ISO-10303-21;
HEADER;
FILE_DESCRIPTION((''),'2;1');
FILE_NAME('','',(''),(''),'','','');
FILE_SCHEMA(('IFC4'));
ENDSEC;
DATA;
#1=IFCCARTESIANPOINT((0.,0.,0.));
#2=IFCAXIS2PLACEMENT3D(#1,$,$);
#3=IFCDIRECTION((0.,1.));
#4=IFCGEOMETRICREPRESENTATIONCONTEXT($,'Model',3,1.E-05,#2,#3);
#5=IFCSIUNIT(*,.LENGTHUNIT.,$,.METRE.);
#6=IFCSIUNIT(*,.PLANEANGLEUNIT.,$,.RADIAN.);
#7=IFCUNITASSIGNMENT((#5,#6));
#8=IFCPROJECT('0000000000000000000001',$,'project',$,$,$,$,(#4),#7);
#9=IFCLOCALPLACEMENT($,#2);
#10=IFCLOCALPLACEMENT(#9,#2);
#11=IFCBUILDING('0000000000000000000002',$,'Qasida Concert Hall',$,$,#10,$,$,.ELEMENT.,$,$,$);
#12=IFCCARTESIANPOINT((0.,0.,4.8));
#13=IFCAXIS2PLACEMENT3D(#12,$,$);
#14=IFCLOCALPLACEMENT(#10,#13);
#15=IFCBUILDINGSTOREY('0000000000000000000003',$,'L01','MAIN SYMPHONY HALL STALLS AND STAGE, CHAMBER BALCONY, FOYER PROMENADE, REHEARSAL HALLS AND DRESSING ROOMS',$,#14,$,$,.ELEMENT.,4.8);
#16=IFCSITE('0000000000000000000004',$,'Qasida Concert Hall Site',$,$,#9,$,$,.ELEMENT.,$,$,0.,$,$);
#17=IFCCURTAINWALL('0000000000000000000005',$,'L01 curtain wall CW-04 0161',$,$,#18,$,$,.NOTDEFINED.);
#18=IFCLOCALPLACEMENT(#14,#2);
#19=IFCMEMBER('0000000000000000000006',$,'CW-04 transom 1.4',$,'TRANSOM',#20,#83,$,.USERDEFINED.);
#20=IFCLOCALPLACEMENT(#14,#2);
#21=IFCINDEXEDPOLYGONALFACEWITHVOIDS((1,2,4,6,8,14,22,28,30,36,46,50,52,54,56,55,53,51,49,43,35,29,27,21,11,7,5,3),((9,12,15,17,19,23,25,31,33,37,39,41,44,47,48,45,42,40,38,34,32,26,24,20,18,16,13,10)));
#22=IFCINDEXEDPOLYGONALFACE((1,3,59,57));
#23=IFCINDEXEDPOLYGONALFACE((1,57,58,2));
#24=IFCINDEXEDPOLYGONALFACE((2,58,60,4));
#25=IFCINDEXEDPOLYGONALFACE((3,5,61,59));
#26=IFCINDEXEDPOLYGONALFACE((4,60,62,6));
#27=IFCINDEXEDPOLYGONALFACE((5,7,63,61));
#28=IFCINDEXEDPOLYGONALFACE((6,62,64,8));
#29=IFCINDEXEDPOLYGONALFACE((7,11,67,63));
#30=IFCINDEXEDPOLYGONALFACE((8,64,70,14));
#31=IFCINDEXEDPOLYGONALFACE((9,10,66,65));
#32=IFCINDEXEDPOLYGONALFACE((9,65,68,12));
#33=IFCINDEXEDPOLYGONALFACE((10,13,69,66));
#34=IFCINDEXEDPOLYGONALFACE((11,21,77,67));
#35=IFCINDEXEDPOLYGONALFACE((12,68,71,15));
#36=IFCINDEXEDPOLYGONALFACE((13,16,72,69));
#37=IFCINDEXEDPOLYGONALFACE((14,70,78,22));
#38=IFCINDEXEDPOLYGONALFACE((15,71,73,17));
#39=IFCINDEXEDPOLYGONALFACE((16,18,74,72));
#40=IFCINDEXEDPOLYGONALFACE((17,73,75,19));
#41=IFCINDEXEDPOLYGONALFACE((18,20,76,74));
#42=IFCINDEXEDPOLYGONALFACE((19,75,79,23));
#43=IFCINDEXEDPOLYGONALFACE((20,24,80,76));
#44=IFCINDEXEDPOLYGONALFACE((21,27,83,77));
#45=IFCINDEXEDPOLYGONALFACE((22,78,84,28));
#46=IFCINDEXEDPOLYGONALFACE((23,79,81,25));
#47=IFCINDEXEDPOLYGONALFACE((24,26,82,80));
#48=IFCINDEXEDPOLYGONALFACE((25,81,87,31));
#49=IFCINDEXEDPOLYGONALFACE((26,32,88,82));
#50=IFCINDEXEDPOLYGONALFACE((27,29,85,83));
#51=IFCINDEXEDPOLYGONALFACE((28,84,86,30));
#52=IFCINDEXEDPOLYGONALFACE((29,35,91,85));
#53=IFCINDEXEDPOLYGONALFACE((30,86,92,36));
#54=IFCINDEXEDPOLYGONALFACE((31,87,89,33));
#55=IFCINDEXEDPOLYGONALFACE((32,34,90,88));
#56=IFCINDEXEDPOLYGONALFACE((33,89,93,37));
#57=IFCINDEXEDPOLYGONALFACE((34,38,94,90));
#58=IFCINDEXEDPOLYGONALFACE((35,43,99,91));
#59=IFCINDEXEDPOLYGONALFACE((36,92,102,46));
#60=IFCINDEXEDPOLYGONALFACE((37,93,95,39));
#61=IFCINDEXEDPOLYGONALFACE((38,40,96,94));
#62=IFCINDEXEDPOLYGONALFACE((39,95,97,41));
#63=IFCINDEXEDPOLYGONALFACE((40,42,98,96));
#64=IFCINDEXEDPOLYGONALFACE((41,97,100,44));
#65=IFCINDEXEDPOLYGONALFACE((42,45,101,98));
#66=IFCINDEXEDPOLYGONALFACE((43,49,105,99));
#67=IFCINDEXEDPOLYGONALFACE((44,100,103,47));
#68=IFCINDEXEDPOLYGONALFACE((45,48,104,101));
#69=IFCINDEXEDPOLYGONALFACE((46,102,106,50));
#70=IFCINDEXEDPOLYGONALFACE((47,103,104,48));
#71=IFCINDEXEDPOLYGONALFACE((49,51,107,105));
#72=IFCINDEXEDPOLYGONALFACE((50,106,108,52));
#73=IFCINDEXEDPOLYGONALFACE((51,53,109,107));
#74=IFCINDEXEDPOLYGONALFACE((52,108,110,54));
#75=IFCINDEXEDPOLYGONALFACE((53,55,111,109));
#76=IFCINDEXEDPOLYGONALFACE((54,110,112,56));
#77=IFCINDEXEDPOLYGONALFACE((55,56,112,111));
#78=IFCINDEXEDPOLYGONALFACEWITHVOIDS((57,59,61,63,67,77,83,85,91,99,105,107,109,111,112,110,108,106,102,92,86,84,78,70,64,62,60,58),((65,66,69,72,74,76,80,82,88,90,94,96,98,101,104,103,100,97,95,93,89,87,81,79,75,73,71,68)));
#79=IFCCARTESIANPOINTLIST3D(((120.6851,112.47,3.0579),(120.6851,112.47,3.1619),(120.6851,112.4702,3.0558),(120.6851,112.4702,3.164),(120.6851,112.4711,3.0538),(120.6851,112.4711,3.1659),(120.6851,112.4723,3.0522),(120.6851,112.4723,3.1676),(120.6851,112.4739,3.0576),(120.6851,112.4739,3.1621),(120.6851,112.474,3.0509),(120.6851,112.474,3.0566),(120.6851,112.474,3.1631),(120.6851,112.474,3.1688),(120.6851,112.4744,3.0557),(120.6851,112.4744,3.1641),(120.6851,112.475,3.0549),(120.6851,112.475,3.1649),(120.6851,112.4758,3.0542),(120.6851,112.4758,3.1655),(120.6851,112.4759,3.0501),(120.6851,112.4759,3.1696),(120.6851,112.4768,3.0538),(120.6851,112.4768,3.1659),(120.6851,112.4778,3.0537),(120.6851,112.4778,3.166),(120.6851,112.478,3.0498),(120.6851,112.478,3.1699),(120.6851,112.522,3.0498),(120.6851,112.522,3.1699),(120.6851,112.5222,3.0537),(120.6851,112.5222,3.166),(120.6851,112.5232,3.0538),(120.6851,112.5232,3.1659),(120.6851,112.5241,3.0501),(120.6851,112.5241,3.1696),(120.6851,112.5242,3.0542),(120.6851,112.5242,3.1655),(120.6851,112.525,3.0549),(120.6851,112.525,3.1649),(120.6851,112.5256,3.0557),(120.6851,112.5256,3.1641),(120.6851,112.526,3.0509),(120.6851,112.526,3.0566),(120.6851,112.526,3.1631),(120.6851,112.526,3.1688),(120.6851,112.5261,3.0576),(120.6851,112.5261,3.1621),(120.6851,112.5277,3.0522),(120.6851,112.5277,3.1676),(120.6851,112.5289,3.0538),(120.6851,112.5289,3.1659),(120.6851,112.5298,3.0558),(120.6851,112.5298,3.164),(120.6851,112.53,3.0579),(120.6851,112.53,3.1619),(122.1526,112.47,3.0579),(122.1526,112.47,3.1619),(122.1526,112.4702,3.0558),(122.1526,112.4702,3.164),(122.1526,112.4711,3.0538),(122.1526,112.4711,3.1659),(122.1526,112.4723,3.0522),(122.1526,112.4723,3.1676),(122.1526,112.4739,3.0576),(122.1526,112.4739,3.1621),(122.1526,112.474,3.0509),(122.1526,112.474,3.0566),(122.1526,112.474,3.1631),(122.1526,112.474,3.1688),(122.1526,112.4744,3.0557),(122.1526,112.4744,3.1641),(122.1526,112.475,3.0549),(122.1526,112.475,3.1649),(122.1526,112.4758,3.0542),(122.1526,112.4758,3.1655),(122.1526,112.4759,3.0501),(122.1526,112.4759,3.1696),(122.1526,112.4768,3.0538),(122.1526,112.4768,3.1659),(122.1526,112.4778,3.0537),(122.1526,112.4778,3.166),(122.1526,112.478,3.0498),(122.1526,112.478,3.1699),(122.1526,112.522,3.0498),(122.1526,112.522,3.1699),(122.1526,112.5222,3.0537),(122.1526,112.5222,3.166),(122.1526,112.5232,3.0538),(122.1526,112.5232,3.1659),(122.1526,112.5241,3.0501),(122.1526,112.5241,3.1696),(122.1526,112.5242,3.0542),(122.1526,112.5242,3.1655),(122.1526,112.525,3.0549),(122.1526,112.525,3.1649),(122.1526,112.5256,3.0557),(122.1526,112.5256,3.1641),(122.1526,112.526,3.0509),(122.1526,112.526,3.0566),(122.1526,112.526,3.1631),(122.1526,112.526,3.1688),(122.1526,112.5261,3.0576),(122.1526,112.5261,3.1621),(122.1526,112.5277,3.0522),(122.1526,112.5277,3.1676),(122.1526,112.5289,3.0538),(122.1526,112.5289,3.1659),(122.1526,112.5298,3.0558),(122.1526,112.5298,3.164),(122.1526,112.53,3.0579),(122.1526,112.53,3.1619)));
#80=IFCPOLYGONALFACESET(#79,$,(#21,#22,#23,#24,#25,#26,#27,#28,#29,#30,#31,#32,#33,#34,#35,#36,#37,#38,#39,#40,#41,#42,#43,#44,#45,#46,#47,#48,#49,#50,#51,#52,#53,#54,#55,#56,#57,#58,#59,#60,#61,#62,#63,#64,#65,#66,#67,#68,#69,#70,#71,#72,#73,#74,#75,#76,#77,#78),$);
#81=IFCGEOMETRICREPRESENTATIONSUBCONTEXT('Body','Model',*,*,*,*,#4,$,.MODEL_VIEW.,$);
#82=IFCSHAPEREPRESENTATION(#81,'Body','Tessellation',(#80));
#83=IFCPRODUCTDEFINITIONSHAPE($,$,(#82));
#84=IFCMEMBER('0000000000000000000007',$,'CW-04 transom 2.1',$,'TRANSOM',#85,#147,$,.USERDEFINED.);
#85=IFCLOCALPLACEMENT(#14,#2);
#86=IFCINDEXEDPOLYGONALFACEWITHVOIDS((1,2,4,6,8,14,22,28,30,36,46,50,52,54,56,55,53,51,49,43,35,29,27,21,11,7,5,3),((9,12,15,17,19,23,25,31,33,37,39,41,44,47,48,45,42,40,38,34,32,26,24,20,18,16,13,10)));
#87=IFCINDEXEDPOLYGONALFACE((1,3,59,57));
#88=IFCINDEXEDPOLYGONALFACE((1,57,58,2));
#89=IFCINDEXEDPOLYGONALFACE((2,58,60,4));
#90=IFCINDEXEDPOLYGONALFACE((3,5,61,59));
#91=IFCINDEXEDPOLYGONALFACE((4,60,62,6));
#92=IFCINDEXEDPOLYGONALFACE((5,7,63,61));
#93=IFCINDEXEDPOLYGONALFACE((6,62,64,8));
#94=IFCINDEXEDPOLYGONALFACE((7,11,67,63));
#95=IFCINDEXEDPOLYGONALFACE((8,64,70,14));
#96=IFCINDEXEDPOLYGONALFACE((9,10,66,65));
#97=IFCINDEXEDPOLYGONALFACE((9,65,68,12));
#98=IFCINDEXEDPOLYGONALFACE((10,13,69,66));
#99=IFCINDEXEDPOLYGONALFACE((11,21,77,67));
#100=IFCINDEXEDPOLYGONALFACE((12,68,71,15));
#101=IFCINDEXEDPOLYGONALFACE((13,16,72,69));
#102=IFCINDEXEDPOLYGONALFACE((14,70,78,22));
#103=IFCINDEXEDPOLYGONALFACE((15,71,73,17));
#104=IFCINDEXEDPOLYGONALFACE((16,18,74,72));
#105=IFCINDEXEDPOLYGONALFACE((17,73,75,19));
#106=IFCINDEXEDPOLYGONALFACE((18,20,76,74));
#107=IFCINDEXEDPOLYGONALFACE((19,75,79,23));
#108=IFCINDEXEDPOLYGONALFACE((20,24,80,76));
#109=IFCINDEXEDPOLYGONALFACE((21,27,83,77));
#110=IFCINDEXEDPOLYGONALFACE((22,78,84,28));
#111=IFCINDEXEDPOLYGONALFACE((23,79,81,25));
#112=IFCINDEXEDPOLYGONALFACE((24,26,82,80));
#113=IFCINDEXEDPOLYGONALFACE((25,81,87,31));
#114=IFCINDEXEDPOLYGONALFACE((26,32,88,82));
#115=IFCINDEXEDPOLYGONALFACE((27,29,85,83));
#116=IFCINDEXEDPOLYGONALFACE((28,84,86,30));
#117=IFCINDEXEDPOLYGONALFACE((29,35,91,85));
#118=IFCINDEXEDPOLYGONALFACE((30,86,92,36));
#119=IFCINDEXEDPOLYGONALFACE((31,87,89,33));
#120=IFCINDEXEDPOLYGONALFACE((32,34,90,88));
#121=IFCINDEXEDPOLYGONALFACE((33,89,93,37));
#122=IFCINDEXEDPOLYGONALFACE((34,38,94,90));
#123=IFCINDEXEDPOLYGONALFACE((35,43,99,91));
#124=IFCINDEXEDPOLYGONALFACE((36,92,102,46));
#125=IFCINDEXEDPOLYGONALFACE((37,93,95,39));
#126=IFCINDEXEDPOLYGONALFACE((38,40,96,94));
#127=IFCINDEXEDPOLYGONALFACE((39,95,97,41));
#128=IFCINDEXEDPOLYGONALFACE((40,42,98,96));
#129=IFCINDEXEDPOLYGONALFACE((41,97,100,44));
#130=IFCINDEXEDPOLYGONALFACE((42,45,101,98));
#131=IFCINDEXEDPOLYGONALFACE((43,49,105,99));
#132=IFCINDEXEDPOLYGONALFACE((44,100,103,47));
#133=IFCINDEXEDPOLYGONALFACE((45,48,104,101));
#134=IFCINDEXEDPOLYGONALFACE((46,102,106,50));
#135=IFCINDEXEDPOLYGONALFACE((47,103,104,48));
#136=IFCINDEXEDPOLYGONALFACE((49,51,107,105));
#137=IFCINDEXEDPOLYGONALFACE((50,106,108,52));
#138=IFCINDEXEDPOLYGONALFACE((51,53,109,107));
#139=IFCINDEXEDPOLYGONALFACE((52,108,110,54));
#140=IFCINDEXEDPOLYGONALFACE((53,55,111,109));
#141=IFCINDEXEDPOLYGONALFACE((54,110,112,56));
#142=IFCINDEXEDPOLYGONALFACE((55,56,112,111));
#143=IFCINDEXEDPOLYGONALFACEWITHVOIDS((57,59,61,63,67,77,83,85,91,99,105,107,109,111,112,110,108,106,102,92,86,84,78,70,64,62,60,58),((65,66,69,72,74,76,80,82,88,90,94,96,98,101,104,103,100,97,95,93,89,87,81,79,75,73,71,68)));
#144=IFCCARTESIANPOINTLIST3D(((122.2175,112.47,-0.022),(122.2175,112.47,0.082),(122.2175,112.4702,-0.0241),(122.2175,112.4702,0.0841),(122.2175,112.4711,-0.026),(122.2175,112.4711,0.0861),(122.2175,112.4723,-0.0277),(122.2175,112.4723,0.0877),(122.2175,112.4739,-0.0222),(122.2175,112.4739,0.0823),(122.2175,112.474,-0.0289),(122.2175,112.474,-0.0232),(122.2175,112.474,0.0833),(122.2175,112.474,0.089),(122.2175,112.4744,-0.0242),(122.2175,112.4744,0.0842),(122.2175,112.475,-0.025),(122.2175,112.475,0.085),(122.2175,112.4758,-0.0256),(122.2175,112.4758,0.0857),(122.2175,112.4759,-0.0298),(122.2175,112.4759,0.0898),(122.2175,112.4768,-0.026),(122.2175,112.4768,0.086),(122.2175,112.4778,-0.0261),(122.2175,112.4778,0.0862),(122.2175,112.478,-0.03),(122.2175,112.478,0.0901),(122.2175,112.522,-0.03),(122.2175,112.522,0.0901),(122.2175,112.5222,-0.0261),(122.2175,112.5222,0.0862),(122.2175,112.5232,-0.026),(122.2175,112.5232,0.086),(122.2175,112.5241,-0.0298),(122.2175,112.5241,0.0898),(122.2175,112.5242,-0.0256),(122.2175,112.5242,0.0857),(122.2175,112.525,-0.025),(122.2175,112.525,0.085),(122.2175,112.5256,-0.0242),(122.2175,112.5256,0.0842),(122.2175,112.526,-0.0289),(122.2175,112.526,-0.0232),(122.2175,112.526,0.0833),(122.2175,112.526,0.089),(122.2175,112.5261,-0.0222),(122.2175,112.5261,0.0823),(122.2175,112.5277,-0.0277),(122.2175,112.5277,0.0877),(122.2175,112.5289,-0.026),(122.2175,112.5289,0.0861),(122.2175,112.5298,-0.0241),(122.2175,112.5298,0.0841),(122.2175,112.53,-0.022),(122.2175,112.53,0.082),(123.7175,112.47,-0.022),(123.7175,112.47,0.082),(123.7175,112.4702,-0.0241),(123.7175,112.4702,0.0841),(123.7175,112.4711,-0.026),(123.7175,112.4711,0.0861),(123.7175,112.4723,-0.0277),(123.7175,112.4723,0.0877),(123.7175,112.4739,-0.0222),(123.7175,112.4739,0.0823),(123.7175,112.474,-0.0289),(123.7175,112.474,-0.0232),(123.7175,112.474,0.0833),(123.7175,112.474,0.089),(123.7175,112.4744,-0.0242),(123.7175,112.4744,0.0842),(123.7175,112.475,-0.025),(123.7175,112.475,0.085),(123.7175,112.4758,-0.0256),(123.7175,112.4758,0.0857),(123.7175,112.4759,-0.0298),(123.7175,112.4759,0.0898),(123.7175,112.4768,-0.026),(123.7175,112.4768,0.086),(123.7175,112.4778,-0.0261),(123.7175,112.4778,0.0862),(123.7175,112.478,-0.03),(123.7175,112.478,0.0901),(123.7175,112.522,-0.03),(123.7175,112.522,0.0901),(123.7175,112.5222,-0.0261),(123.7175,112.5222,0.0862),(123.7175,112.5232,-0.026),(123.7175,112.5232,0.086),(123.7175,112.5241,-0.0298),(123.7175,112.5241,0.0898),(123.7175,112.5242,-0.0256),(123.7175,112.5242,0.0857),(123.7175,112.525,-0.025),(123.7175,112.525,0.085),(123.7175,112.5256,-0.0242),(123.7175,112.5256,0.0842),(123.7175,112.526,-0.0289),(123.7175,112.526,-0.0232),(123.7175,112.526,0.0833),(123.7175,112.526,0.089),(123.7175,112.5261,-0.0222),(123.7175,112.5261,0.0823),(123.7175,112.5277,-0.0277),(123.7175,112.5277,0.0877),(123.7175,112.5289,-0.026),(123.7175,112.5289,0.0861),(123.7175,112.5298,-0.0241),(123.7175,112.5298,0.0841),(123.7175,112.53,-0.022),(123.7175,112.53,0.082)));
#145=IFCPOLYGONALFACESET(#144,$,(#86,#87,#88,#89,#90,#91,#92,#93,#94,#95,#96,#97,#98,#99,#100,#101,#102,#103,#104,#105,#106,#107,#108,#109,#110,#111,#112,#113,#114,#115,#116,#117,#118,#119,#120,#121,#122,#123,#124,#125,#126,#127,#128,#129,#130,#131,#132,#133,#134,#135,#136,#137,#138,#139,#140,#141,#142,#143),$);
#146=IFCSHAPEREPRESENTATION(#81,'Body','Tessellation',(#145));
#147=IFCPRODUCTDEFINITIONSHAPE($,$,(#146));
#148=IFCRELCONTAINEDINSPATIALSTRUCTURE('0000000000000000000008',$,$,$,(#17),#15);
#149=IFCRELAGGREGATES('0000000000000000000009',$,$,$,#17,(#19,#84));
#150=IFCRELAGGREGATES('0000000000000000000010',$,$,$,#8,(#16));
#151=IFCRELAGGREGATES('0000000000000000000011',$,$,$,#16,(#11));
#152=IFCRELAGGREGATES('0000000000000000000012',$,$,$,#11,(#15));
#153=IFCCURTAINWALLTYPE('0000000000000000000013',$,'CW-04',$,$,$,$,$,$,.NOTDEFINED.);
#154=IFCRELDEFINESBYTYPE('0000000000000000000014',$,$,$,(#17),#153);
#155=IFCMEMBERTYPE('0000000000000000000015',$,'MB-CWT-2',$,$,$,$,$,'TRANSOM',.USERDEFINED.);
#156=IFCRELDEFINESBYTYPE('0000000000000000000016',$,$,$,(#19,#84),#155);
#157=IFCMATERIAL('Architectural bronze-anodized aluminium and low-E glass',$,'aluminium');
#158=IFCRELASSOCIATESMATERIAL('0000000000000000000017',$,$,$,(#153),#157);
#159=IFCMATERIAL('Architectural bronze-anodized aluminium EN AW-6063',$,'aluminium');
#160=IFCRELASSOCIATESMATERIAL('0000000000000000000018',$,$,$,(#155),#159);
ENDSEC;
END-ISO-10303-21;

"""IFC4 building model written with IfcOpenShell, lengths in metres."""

from ifc_helpers import new_model, si_unit, direction, frame, origin, origin_2d, place, context, subcontext, project, spatial, hollow_rectangle, extrude, material, material_profile, profile_set, type_object, element, aggregate, save


model = new_model("IFC4")

# Units and contexts
model_context = context("Model", 3, precision=1e-05, world=origin(), true_north=direction((0.0, 1.0)))
body_context = subcontext(model_context, "Body", "Model", "MODEL_VIEW")
ifc_project = project(units=[si_unit("LENGTHUNIT", "METRE"), si_unit("PLANEANGLEUNIT", "RADIAN")], contexts=[model_context])

# Site, building, storey
site_placement = place(None, origin())
site = spatial("IfcSite", under=ifc_project, at=site_placement, Name="Qasida Concert Hall Site", CompositionType="ELEMENT", RefElevation=0.0)
building_placement = place(site_placement, origin())
building = spatial("IfcBuilding", under=site, at=building_placement, Name="Qasida Concert Hall", CompositionType="ELEMENT")
storey_placement = place(building_placement, frame((0.0, 0.0, 4.8)))
storey = spatial("IfcBuildingStorey", under=building, at=storey_placement, Name="L01", Description="MAIN SYMPHONY HALL STALLS AND STAGE, CHAMBER BALCONY, FOYER PROMENADE, REHEARSAL HALLS AND DRESSING ROOMS", CompositionType="ELEMENT", Elevation=4.8)

# Curtain wall, members
ifc_material_1 = material(Name="Architectural bronze-anodized aluminium and low-E glass", Category="aluminium")
curtain_wall_type = type_object("IfcCurtainWallType", Name="CW-04", PredefinedType="NOTDEFINED", material=ifc_material_1)
curtain_wall_placement = place(storey_placement, origin())
curtain_wall = element("IfcCurtainWall", 1, at=curtain_wall_placement, inside=storey, type_object=curtain_wall_type, Name="L01 curtain wall CW-04 0161", PredefinedType="NOTDEFINED")
ifc_material_2 = material(Name="Architectural bronze-anodized aluminium EN AW-6063", Category="aluminium")
ifc_material_profile_1 = material_profile(ifc_material_2, hollow_rectangle(XDim=0.0601, YDim=0.1201, WallThickness=0.0039, InnerFilletRadius=0.0039, OuterFilletRadius=0.0081, at=origin_2d()), Name="CWT 120x60x4")
ifc_profile_set_1 = profile_set([ifc_material_profile_1], Name="Architectural bronze-anodized aluminium EN AW-6063")
member_type_1 = type_object("IfcMemberType", Name="MB-CWT-2", ElementType="TRANSOM", PredefinedType="USERDEFINED", material=ifc_profile_set_1)
member_1_placement = place(storey_placement, frame((120.6851, 112.5, 3.1099), z_axis=(1.0, 0.0, 0.0), x_axis=(0.0, 1.0, 0.0)))
member_1 = element("IfcMember", 2, at=member_1_placement, type_object=member_type_1, Name="CW-04 transom 1.4", ObjectType="TRANSOM", PredefinedType="USERDEFINED", context=body_context, shape_type="SweptSolid", body=[
    extrude(hollow_rectangle(XDim=0.0601, YDim=0.1201, WallThickness=0.0039, InnerFilletRadius=0.0039, OuterFilletRadius=0.0081, at=origin_2d()), origin(), (0.0, 0.0, 1.0), 1.4675),
])
member_2_placement = place(storey_placement, frame((122.2175, 112.5, 0.03), z_axis=(1.0, 0.0, 0.0), x_axis=(0.0, 1.0, 0.0)))
member_2 = element("IfcMember", 3, at=member_2_placement, type_object=member_type_1, Name="CW-04 transom 2.1", ObjectType="TRANSOM", PredefinedType="USERDEFINED", context=body_context, shape_type="SweptSolid", body=[
    extrude(hollow_rectangle(XDim=0.0601, YDim=0.1201, WallThickness=0.0039, InnerFilletRadius=0.0039, OuterFilletRadius=0.0081, at=origin_2d()), origin(), (0.0, 0.0, 1.0), 1.5),
])
aggregate(curtain_wall, [member_1, member_2])

save(model, "model.ifc")
